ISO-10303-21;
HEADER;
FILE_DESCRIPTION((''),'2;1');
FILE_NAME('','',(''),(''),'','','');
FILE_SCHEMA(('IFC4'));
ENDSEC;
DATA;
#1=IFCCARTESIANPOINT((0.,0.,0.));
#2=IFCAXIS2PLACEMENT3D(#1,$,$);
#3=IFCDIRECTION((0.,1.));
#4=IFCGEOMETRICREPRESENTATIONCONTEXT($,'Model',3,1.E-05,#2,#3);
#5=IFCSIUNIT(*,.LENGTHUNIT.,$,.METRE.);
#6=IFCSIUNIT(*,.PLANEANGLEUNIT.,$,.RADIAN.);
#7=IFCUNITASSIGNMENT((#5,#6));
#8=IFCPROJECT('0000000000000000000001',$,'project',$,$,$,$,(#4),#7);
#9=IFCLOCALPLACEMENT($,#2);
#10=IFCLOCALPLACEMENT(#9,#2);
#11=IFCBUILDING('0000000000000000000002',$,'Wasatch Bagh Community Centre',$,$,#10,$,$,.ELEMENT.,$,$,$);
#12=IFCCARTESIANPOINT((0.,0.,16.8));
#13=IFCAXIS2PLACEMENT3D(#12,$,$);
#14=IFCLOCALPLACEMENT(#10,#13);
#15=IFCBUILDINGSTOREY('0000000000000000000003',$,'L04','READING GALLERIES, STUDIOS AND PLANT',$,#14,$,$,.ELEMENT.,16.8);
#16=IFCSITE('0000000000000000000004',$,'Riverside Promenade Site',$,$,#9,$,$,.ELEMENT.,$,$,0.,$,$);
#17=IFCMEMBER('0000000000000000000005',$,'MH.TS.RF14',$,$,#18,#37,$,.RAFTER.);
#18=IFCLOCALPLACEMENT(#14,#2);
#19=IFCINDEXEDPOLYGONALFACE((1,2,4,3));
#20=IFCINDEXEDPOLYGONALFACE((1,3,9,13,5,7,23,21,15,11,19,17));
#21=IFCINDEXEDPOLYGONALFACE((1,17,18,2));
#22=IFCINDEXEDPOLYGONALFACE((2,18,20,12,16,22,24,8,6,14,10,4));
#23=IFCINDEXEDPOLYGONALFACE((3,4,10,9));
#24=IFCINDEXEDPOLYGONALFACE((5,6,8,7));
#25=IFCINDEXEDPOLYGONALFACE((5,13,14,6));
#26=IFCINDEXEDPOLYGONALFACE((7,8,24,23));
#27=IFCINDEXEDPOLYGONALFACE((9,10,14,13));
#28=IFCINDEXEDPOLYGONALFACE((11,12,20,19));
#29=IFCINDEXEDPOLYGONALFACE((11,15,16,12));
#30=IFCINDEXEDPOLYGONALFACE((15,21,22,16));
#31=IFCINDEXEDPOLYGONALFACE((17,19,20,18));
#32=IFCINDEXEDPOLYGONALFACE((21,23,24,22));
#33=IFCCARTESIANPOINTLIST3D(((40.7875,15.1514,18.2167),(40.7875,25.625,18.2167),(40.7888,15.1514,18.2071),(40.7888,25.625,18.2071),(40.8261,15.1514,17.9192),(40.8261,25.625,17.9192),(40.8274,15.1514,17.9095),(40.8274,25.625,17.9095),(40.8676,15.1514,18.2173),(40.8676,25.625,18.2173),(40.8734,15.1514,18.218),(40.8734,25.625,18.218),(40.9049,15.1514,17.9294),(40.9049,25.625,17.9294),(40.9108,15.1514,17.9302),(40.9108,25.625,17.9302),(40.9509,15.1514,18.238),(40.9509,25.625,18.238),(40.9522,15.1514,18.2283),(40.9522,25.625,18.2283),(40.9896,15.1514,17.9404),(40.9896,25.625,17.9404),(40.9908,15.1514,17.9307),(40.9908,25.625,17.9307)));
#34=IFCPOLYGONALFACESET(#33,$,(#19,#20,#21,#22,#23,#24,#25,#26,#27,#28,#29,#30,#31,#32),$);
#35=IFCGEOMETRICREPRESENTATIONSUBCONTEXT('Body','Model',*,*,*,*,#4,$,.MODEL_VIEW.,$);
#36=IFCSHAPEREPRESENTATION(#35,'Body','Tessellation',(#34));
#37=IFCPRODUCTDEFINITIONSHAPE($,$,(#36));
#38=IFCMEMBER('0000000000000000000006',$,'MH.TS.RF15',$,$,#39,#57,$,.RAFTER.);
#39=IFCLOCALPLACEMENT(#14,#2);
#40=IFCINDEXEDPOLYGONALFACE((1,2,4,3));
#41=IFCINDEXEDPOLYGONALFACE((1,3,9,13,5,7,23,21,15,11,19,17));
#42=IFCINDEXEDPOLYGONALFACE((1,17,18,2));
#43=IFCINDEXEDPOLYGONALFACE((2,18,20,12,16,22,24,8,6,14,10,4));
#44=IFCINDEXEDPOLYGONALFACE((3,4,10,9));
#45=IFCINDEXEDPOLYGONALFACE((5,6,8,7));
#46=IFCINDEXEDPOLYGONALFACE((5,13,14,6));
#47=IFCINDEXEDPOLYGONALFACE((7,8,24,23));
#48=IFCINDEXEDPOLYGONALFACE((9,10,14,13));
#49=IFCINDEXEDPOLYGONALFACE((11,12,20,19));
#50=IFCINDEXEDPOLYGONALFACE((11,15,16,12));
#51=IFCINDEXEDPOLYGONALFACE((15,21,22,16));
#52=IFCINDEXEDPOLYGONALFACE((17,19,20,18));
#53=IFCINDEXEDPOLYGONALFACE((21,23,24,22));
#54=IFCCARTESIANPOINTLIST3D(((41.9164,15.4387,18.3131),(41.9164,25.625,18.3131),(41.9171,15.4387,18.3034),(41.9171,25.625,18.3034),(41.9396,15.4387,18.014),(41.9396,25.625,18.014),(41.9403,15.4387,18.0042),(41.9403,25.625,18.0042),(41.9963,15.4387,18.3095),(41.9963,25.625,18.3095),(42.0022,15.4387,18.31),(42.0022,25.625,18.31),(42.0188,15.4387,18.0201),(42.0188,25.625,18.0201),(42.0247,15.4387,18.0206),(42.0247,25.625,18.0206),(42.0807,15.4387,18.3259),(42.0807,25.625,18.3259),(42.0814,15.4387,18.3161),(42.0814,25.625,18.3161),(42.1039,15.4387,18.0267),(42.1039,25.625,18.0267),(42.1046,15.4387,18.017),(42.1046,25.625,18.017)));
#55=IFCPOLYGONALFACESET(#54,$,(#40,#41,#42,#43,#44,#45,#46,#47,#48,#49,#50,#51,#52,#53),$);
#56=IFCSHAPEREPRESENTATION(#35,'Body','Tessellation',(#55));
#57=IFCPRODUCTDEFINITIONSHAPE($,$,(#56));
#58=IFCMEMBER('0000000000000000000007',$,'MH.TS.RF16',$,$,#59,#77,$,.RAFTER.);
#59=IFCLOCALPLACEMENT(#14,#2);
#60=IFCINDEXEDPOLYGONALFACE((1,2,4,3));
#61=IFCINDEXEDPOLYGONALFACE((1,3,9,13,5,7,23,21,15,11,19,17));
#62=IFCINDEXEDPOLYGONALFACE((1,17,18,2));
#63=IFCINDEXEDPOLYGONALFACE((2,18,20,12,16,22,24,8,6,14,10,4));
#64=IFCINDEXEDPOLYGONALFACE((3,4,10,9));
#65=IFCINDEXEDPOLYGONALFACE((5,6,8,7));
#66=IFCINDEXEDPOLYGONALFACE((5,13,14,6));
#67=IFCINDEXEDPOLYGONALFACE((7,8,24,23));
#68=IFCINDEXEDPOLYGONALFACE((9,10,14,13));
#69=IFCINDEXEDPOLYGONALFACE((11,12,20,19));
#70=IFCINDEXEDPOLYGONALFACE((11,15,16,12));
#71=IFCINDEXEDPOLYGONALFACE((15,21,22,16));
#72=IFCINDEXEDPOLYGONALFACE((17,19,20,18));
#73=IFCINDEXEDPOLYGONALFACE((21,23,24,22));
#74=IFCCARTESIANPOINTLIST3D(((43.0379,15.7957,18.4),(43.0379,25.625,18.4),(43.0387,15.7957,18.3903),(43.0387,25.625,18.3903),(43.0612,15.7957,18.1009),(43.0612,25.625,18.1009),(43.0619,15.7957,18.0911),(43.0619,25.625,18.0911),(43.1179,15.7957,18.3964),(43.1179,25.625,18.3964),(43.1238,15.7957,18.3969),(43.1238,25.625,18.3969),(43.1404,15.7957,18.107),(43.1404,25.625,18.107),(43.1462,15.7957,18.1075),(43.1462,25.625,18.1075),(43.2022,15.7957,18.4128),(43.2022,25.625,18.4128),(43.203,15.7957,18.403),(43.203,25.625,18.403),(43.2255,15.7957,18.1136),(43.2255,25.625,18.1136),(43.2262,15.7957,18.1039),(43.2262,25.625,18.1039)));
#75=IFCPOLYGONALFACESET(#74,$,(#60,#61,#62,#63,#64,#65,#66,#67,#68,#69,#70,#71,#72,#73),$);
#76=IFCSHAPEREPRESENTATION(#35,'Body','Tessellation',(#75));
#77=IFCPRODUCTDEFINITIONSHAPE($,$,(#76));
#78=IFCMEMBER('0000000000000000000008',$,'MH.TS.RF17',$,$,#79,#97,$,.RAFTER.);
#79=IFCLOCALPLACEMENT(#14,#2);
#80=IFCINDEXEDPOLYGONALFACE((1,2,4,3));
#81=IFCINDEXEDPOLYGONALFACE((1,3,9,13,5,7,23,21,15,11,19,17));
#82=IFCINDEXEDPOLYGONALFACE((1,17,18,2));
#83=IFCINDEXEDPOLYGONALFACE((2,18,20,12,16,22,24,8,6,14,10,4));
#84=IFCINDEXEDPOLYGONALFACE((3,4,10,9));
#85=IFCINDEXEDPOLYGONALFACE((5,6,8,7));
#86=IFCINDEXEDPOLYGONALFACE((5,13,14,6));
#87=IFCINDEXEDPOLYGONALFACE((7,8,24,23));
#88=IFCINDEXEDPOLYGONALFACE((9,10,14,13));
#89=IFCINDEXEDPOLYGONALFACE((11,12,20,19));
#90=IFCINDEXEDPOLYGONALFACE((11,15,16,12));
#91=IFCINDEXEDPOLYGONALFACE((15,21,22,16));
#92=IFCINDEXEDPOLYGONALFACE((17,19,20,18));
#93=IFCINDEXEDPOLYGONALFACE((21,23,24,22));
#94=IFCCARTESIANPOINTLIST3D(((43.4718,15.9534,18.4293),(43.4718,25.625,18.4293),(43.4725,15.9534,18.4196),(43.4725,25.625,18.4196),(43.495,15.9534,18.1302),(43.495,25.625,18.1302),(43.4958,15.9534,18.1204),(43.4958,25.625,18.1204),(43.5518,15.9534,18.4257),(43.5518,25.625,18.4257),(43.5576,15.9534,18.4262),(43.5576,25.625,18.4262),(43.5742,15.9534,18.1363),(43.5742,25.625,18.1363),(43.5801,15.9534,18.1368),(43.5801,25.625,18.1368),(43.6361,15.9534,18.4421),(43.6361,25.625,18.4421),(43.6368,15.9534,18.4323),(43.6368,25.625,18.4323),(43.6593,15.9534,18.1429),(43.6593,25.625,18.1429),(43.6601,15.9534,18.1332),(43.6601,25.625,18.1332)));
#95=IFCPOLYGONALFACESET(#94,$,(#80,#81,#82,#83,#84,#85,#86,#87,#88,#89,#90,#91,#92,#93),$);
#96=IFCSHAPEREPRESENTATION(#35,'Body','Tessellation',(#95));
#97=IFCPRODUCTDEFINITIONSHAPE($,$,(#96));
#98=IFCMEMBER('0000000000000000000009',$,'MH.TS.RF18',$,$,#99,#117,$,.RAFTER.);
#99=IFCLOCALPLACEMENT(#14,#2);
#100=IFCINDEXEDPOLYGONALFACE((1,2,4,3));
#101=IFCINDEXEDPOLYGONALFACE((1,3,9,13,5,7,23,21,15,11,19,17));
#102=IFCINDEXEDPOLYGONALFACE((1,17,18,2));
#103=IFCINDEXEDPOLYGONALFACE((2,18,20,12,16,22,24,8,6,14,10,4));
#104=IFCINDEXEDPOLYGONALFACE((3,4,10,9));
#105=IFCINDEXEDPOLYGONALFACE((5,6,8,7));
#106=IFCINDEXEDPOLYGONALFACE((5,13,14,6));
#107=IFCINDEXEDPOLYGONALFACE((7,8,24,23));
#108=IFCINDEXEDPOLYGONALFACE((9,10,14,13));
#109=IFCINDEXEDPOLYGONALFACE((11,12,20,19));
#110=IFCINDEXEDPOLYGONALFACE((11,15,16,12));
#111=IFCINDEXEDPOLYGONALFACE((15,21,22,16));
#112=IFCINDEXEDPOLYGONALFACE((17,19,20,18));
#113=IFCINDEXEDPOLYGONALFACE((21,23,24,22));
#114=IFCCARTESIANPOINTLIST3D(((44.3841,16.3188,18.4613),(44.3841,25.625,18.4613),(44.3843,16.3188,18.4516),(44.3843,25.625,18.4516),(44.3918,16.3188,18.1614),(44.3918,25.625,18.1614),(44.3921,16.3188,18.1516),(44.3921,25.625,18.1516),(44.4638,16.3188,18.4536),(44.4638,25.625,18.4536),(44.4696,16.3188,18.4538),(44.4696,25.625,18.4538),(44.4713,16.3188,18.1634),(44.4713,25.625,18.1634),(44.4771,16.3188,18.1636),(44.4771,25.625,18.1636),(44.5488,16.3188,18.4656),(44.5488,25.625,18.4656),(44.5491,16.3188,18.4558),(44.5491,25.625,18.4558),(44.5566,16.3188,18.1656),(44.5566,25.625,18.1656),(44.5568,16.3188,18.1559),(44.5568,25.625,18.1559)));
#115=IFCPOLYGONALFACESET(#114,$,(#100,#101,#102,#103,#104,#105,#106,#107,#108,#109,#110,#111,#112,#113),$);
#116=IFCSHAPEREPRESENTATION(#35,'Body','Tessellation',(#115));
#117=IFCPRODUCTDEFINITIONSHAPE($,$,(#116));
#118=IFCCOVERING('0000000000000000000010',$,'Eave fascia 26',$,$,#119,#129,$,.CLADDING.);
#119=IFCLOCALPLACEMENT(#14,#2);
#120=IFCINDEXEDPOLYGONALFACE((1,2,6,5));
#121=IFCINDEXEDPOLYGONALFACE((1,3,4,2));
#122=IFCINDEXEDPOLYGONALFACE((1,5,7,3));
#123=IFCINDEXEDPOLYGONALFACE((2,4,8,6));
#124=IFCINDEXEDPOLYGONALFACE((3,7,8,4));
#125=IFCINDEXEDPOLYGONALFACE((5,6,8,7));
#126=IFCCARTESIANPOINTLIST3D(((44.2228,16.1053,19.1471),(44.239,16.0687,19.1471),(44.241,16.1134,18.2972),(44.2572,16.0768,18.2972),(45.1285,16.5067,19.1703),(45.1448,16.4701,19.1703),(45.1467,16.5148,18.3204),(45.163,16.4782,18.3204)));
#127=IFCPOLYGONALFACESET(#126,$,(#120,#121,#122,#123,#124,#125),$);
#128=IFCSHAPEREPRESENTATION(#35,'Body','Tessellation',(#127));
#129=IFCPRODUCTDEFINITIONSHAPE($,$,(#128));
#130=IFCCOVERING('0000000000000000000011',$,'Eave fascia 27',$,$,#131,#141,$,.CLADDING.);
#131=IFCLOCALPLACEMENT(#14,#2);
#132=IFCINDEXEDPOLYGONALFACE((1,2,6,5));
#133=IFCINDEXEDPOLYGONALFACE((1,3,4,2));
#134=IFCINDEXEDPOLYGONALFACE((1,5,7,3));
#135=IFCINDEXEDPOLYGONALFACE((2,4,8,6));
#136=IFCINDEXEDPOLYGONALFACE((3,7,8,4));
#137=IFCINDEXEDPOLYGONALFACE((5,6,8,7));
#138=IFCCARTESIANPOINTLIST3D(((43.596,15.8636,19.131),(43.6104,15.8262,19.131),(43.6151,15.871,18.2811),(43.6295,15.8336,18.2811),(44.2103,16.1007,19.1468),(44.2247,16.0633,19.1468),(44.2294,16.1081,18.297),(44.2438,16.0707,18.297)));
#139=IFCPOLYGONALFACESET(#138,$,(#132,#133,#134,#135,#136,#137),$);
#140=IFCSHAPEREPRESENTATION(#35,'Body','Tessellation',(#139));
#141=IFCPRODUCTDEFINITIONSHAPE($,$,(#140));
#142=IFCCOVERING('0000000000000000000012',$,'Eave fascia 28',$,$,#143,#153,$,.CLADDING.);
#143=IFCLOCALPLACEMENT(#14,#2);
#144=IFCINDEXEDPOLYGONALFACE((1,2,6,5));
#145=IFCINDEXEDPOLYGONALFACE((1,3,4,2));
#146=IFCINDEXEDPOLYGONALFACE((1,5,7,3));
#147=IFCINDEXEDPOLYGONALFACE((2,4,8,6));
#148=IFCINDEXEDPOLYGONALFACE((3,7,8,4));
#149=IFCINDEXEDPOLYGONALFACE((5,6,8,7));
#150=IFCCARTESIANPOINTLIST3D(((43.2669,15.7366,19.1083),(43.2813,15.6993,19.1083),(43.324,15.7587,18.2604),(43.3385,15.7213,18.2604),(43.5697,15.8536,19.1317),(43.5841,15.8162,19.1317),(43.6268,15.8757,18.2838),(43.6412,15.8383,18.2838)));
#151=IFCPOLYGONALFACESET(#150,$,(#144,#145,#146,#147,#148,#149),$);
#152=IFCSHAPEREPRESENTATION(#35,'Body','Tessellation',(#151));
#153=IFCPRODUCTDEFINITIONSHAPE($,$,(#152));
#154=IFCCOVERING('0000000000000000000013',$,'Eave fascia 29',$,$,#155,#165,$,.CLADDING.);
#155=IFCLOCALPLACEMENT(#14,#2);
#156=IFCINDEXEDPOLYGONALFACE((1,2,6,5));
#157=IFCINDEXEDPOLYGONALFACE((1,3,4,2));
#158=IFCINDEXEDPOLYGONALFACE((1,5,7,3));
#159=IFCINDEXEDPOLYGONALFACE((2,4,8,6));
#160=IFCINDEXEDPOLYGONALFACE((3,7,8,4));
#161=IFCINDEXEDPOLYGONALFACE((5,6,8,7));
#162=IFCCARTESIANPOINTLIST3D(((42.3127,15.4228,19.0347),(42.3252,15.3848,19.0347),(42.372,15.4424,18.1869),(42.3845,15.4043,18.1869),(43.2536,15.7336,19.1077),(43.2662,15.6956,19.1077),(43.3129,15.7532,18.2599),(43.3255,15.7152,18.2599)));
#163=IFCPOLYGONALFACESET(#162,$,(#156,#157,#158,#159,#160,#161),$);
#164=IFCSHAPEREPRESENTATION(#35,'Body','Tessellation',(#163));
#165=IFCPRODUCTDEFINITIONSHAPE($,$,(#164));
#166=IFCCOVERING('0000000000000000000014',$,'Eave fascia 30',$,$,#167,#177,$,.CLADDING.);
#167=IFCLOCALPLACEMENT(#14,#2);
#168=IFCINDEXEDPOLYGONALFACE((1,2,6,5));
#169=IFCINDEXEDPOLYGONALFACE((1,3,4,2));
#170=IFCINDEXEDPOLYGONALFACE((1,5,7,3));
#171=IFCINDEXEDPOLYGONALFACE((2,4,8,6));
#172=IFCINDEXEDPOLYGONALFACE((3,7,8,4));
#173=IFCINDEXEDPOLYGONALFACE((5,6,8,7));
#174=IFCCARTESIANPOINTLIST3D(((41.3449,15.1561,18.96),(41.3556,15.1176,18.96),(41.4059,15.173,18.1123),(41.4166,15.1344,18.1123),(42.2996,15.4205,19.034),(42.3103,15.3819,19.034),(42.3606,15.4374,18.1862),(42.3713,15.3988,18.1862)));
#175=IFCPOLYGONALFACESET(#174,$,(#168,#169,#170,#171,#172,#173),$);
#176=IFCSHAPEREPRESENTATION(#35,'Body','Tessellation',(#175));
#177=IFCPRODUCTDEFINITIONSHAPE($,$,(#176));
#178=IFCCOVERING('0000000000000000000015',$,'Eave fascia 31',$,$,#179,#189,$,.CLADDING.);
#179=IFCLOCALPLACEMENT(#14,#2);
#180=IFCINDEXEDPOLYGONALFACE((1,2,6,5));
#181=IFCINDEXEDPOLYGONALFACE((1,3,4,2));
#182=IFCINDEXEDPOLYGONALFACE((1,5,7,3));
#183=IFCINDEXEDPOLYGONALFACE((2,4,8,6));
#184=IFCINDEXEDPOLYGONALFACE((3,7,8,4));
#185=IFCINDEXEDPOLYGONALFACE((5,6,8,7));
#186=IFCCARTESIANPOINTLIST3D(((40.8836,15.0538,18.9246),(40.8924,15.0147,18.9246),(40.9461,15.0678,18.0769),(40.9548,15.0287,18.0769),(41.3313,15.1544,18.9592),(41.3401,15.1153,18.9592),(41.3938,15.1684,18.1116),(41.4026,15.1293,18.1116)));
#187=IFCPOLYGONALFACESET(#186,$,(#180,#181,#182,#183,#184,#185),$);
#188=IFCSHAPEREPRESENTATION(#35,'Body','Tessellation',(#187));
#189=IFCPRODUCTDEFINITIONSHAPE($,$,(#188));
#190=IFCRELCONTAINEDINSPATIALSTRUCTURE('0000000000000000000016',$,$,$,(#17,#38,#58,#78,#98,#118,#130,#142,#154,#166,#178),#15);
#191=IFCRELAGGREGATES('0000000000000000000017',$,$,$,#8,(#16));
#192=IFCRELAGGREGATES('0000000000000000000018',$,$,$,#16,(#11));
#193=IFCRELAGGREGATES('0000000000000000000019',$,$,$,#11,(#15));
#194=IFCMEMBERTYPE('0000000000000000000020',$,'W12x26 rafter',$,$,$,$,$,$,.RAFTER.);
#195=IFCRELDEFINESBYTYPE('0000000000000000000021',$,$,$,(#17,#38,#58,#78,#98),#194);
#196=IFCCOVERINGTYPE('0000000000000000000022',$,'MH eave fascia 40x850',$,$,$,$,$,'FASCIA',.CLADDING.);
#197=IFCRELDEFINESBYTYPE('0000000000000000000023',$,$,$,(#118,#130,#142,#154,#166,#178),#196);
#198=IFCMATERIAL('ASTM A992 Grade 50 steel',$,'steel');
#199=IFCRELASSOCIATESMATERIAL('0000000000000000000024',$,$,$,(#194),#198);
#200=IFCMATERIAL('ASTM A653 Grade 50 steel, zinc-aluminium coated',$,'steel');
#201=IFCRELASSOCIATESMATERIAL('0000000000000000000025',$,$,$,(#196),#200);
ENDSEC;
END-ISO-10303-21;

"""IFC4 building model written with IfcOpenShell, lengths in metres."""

from ifc_helpers import new_model, si_unit, direction, frame, origin, origin_2d, place, context, subcontext, project, spatial, rectangle, i_section, extrude, material, material_profile, profile_set, type_object, element, save


model = new_model("IFC4")

# Units and contexts
model_context = context("Model", 3, precision=1e-05, world=origin(), true_north=direction((0.0, 1.0)))
body_context = subcontext(model_context, "Body", "Model", "MODEL_VIEW")
ifc_project = project(units=[si_unit("LENGTHUNIT", "METRE"), si_unit("PLANEANGLEUNIT", "RADIAN")], contexts=[model_context])

# Site, building, storey
site_placement = place(None, origin())
site = spatial("IfcSite", under=ifc_project, at=site_placement, Name="Riverside Promenade Site", CompositionType="ELEMENT", RefElevation=0.0)
building_placement = place(site_placement, origin())
building = spatial("IfcBuilding", under=site, at=building_placement, Name="Wasatch Bagh Community Centre", CompositionType="ELEMENT")
storey_placement = place(building_placement, frame((0.0, 0.0, 16.8)))
storey = spatial("IfcBuildingStorey", under=building, at=storey_placement, Name="L04", Description="READING GALLERIES, STUDIOS AND PLANT", CompositionType="ELEMENT", Elevation=16.8)

# Members
ifc_material_1 = material(Name="ASTM A992 Grade 50 steel", Category="steel")
ifc_material_profile_1 = material_profile(ifc_material_1, i_section(OverallWidth=0.1648, OverallDepth=0.3098, WebThickness=0.0059, FlangeThickness=0.0098, at=origin_2d()), Name="W12x26")
ifc_profile_set_1 = profile_set([ifc_material_profile_1], Name="ASTM A992 Grade 50 steel")
member_type = type_object("IfcMemberType", Name="W12x26 rafter", PredefinedType="RAFTER", material=ifc_profile_set_1)
member_1_placement = place(storey_placement, frame((40.8892, 15.1514, 18.0737), z_axis=(0.0, 1.0, 0.0), x_axis=(-0.991678, 0.0, -0.12874)))
element("IfcMember", 1, at=member_1_placement, inside=storey, type_object=member_type, Name="MH.TS.RF14", PredefinedType="RAFTER", context=body_context, shape_type="SweptSolid", body=[
    extrude(i_section(OverallWidth=0.1648, OverallDepth=0.3098, WebThickness=0.0059, FlangeThickness=0.0098, at=origin_2d()), origin(), (0.0, 0.0, 1.0), 10.4736),
])
member_2_placement = place(storey_placement, frame((42.0105, 15.4387, 18.165), z_axis=(0.0, 1.0, 0.0), x_axis=(-0.997002, 0.0, -0.077382)))
element("IfcMember", 2, at=member_2_placement, inside=storey, type_object=member_type, Name="MH.TS.RF15", PredefinedType="RAFTER", context=body_context, shape_type="SweptSolid", body=[
    extrude(i_section(OverallWidth=0.1648, OverallDepth=0.3098, WebThickness=0.0059, FlangeThickness=0.0098, at=origin_2d()), origin(), (0.0, 0.0, 1.0), 10.1863),
])
member_3_placement = place(storey_placement, frame((43.1321, 15.7957, 18.252), z_axis=(0.0, 1.0, 0.0), x_axis=(-0.997002, 0.0, -0.077382)))
element("IfcMember", 3, at=member_3_placement, inside=storey, type_object=member_type, Name="MH.TS.RF16", PredefinedType="RAFTER", context=body_context, shape_type="SweptSolid", body=[
    extrude(i_section(OverallWidth=0.1648, OverallDepth=0.3098, WebThickness=0.0059, FlangeThickness=0.0098, at=origin_2d()), origin(), (0.0, 0.0, 1.0), 9.8293),
])
member_4_placement = place(storey_placement, frame((43.5659, 15.9534, 18.2812), z_axis=(0.0, 1.0, 0.0), x_axis=(-0.997002, 0.0, -0.077382)))
element("IfcMember", 4, at=member_4_placement, inside=storey, type_object=member_type, Name="MH.TS.RF17", PredefinedType="RAFTER", context=body_context, shape_type="SweptSolid", body=[
    extrude(i_section(OverallWidth=0.1648, OverallDepth=0.3098, WebThickness=0.0059, FlangeThickness=0.0098, at=origin_2d()), origin(), (0.0, 0.0, 1.0), 9.6716),
])
member_5_placement = place(storey_placement, frame((44.4705, 16.3188, 18.3086), z_axis=(0.0, 1.0, 0.0), x_axis=(-0.999667, 0.0, -0.025817)))
element("IfcMember", 5, at=member_5_placement, inside=storey, type_object=member_type, Name="MH.TS.RF18", PredefinedType="RAFTER", context=body_context, shape_type="SweptSolid", body=[
    extrude(i_section(OverallWidth=0.1648, OverallDepth=0.3098, WebThickness=0.0059, FlangeThickness=0.0098, at=origin_2d()), origin(), (0.0, 0.0, 1.0), 9.3062),
])

# Coverings
ifc_material_2 = material(Name="ASTM A653 Grade 50 steel, zinc-aluminium coated", Category="steel")
ifc_material_profile_2 = material_profile(ifc_material_2, rectangle(XDim=0.04, YDim=0.8501, at=origin_2d()), Name="FASCIA 40x850")
ifc_profile_set_2 = profile_set([ifc_material_profile_2], Name="ASTM A653 Grade 50 steel, zinc-aluminium coated")
covering_type_1 = type_object("IfcCoveringType", Name="MH eave fascia 40x850", ElementType="FASCIA", PredefinedType="CLADDING", material=ifc_profile_set_2)
covering_1_placement = place(storey_placement, frame((45.1458, 16.4924, 18.7454), z_axis=(-0.914008, -0.405021, -0.023405), x_axis=(0.405132, -0.914258, 0.0)))
element("IfcCovering", 6, at=covering_1_placement, inside=storey, type_object=covering_type_1, Name="Eave fascia 26", PredefinedType="CLADDING", context=body_context, shape_type="SweptSolid", body=[
    extrude(rectangle(XDim=0.04, YDim=0.8501, at=origin_2d()), origin(), (0.0, 0.0, 1.0), 0.991),
])
covering_2_placement = place(storey_placement, frame((44.2271, 16.0857, 18.7219), z_axis=(-0.932663, -0.359943, -0.024095), x_axis=(0.360047, -0.932934, 0.0)))
element("IfcCovering", 7, at=covering_2_placement, inside=storey, type_object=covering_type_1, Name="Eave fascia 27", PredefinedType="CLADDING", context=body_context, shape_type="SweptSolid", body=[
    extrude(rectangle(XDim=0.04, YDim=0.8501, at=origin_2d()), origin(), (0.0, 0.0, 1.0), 0.6587),
])
covering_3_placement = place(storey_placement, frame((43.6055, 15.8459, 18.7078), z_axis=(-0.930398, -0.359404, -0.072031), x_axis=(0.36034, -0.932821, 0.0)))
element("IfcCovering", 8, at=covering_3_placement, inside=storey, type_object=covering_type_1, Name="Eave fascia 28", PredefinedType="CLADDING", context=body_context, shape_type="SweptSolid", body=[
    extrude(rectangle(XDim=0.04, YDim=0.8501, at=origin_2d()), origin(), (0.0, 0.0, 1.0), 0.3254),
])
covering_4_placement = place(storey_placement, frame((43.2896, 15.7244, 18.6838), z_axis=(-0.946976, -0.312792, -0.073468), x_axis=(0.31364, -0.949542, 0.0)))
element("IfcCovering", 9, at=covering_4_placement, inside=storey, type_object=covering_type_1, Name="Eave fascia 29", PredefinedType="CLADDING", context=body_context, shape_type="SweptSolid", body=[
    extrude(rectangle(XDim=0.04, YDim=0.8501, at=origin_2d()), origin(), (0.0, 0.0, 1.0), 0.9937),
])
covering_5_placement = place(storey_placement, frame((42.3354, 15.4097, 18.6101), z_axis=(-0.961058, -0.266128, -0.074457), x_axis=(0.266869, -0.963733, 0.0)))
element("IfcCovering", 10, at=covering_5_placement, inside=storey, type_object=covering_type_1, Name="Eave fascia 30", PredefinedType="CLADDING", context=body_context, shape_type="SweptSolid", body=[
    extrude(rectangle(XDim=0.04, YDim=0.8501, at=origin_2d()), origin(), (0.0, 0.0, 1.0), 0.9934),
])
covering_6_placement = place(storey_placement, frame((41.3669, 15.1418, 18.5354), z_axis=(-0.972912, -0.21856, -0.075329), x_axis=(0.219183, -0.975684, 0.0)))
element("IfcCovering", 11, at=covering_6_placement, inside=storey, type_object=covering_type_1, Name="Eave fascia 31", PredefinedType="CLADDING", context=body_context, shape_type="SweptSolid", body=[
    extrude(rectangle(XDim=0.04, YDim=0.8501, at=origin_2d()), origin(), (0.0, 0.0, 1.0), 0.4602),
])

save(model, "model.ifc")
